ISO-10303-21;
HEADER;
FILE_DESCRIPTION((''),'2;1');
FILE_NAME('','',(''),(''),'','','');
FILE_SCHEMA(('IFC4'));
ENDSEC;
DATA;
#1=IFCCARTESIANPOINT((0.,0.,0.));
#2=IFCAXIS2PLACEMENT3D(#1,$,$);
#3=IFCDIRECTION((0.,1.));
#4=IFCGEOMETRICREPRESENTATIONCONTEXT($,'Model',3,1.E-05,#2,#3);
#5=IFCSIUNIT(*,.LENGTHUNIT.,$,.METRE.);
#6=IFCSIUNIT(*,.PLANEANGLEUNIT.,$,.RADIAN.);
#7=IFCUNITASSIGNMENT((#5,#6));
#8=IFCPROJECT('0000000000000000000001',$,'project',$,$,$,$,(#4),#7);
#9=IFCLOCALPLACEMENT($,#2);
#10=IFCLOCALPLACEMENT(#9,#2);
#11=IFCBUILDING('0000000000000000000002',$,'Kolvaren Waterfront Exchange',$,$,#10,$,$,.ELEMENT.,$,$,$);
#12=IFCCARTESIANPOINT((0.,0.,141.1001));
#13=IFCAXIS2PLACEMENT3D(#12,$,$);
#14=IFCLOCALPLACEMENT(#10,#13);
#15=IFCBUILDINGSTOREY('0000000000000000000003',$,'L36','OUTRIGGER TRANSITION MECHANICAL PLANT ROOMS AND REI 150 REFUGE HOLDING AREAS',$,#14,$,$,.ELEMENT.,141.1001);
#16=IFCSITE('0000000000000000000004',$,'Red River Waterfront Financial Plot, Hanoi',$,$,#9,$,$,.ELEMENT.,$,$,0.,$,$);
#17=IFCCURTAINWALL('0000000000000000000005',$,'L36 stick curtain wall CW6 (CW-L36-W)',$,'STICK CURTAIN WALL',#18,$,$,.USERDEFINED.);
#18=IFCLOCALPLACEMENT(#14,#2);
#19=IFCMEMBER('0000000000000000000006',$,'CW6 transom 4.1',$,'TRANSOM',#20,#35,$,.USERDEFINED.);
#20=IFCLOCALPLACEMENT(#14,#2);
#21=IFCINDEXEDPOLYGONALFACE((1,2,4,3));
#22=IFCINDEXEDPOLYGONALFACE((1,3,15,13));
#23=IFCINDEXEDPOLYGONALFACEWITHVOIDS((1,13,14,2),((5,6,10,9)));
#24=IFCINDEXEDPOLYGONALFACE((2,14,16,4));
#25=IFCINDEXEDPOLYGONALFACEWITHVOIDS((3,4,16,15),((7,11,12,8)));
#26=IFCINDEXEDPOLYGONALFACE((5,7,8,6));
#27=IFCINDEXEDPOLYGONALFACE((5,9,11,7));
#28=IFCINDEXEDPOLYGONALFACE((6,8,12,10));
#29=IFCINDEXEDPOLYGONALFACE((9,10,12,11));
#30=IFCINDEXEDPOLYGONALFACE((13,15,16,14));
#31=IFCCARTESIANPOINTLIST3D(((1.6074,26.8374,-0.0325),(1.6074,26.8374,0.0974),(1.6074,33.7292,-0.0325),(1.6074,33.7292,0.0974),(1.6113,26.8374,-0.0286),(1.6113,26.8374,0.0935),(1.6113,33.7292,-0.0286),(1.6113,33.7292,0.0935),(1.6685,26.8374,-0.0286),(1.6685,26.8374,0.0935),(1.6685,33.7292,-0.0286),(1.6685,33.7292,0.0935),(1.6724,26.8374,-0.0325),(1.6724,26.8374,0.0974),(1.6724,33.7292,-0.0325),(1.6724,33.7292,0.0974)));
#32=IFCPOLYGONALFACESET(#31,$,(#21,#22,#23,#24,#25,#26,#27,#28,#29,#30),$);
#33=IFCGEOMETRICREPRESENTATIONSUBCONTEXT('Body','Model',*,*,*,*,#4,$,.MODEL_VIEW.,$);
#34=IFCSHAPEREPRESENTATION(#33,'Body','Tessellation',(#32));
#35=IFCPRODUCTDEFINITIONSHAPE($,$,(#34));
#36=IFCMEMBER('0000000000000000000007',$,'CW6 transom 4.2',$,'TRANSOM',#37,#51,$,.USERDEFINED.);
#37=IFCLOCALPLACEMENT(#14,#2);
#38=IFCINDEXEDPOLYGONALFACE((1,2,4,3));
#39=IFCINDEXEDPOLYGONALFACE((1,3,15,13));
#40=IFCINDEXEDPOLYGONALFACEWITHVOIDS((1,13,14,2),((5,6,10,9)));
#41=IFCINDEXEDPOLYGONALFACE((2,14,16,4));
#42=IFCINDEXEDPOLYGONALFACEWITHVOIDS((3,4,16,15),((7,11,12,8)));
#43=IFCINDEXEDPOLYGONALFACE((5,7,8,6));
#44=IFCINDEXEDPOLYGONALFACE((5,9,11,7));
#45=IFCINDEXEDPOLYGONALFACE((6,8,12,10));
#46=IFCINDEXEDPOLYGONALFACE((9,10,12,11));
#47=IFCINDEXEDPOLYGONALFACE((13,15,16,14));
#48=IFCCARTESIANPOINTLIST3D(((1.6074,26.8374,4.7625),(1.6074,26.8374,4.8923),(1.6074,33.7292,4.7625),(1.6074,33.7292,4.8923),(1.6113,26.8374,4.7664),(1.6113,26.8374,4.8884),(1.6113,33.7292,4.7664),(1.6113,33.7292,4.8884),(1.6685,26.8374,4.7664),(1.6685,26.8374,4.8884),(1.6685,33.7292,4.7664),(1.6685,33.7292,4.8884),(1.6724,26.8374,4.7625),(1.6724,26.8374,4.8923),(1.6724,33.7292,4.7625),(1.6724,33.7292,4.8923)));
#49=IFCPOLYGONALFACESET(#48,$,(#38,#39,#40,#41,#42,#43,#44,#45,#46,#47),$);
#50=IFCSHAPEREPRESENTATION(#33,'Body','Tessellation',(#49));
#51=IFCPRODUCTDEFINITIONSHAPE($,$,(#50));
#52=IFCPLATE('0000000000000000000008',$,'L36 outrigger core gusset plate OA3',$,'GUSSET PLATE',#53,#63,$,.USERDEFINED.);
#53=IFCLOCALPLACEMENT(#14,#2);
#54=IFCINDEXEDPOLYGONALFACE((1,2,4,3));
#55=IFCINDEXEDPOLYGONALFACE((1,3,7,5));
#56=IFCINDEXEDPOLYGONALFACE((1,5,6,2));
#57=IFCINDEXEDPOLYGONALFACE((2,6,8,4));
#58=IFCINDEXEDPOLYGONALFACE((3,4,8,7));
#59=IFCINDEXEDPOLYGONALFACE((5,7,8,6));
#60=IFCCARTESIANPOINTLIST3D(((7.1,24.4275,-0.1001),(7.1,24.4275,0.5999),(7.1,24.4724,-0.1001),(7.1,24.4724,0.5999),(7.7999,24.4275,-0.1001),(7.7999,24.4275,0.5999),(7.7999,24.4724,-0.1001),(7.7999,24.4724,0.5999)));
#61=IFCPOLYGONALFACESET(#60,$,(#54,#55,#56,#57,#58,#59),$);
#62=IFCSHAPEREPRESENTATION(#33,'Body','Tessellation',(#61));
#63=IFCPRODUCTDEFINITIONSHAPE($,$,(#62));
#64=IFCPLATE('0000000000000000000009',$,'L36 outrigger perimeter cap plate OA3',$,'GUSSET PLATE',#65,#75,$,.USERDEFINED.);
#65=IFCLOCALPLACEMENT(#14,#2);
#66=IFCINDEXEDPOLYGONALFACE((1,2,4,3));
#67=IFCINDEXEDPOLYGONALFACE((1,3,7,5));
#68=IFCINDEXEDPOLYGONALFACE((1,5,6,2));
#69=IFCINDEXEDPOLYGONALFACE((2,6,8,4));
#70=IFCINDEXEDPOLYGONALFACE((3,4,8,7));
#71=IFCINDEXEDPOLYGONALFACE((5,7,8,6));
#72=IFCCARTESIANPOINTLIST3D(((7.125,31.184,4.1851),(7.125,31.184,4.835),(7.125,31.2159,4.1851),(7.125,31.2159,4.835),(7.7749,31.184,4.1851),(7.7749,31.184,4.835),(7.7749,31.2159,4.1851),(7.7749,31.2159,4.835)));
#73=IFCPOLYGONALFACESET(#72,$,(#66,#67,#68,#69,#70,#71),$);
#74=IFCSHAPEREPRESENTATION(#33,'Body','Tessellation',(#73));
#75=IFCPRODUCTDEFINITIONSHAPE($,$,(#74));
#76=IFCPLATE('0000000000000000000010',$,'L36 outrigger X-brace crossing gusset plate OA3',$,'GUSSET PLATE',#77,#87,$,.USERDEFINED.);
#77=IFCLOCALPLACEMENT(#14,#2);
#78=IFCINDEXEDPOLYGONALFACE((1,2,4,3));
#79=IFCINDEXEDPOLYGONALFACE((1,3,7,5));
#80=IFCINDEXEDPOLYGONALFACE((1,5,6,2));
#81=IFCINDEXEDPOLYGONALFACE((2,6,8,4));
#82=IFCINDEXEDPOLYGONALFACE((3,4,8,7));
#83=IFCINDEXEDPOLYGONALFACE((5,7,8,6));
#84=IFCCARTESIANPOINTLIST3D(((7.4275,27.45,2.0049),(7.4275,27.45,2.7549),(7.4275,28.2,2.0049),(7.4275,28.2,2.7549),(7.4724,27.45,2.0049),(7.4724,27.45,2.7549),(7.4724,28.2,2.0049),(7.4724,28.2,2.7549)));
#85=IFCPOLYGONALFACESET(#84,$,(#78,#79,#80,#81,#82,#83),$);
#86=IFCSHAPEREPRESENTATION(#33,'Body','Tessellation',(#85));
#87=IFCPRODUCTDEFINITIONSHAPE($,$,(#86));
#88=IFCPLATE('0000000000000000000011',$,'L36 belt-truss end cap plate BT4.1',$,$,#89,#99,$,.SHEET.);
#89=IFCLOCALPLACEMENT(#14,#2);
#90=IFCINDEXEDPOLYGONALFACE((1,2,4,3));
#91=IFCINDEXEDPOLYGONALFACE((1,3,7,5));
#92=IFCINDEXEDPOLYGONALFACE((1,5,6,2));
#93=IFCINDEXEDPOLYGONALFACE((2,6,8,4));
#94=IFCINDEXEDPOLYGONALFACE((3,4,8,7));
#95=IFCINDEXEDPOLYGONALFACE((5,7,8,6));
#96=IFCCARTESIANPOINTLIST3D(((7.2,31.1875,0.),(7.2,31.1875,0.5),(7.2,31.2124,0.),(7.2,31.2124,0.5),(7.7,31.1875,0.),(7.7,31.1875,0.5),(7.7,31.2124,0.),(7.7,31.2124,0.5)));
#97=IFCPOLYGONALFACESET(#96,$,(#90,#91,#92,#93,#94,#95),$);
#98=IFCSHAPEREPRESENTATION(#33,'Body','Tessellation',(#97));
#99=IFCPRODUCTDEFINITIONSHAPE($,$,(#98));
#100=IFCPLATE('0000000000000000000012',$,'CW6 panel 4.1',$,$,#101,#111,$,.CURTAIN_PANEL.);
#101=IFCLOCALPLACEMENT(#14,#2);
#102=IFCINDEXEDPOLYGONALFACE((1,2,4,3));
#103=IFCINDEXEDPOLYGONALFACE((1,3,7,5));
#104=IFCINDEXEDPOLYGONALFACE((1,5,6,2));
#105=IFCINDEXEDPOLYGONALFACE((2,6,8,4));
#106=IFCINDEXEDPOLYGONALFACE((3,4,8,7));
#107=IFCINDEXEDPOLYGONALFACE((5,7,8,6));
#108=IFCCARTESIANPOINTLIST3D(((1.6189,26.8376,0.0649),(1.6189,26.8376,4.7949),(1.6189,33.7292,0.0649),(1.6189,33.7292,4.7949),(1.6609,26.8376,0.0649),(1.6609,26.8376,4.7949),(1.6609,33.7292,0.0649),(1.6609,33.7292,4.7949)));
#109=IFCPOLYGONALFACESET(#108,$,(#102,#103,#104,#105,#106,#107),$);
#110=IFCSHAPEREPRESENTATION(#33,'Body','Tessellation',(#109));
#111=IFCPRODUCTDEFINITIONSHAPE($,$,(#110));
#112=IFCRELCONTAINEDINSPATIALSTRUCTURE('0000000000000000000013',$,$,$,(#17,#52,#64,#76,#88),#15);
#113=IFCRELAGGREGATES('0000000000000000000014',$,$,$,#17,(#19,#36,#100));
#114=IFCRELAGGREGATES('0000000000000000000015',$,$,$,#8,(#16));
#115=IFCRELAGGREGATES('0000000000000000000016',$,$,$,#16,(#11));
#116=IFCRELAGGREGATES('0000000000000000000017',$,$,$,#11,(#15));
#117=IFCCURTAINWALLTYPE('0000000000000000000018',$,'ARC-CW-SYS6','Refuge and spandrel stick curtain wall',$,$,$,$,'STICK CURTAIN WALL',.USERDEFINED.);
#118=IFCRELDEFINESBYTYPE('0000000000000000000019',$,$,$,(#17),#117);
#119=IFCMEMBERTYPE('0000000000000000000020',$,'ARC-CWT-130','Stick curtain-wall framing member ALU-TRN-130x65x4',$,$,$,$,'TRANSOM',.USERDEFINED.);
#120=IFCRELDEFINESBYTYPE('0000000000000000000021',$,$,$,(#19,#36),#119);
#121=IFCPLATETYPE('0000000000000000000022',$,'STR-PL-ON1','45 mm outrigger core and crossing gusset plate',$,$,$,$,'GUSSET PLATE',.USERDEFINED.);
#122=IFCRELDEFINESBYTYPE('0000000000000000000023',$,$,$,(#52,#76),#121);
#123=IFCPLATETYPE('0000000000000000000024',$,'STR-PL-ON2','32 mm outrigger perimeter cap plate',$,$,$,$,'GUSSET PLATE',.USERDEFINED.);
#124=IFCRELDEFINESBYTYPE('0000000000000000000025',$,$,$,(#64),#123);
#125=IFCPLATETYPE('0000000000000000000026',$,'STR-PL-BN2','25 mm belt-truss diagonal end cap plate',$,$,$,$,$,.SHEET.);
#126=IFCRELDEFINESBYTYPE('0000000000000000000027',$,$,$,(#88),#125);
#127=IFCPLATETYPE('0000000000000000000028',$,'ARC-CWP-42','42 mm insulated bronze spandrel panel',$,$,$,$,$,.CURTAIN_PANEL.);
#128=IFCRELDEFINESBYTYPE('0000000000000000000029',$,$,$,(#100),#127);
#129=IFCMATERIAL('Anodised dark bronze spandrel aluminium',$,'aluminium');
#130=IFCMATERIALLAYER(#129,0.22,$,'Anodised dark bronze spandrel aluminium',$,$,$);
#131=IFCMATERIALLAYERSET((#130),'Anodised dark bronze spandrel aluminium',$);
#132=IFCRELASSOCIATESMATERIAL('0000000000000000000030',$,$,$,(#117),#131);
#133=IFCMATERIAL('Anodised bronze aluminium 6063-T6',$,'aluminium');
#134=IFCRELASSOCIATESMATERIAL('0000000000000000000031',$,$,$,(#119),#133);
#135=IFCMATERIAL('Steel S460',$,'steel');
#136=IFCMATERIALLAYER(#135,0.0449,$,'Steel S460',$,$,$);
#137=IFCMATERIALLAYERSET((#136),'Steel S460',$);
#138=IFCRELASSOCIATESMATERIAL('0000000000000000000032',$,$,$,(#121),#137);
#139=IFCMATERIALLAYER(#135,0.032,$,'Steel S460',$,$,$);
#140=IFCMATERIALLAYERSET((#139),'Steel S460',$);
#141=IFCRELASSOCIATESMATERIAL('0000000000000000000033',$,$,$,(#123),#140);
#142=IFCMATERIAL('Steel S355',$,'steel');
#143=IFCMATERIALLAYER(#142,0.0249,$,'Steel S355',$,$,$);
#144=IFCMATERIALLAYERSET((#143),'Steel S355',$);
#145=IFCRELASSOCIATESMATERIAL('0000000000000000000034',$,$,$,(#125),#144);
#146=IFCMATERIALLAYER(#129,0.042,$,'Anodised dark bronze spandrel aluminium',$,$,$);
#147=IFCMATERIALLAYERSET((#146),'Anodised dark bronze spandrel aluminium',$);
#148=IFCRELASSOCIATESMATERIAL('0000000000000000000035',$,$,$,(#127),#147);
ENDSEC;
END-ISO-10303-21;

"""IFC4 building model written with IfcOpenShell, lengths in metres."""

from ifc_helpers import new_model, si_unit, direction, frame, origin, origin_with_axes, origin_2d, place, context, subcontext, project, spatial, rectangle, hollow_rectangle, extrude, source, transform, mapped, material, layer, layer_set, material_profile, profile_set, type_object, element, aggregate, save


model = new_model("IFC4")

# Units and contexts
model_context = context("Model", 3, precision=1e-05, world=origin(), true_north=direction((0.0, 1.0)))
body_context = subcontext(model_context, "Body", "Model", "MODEL_VIEW")
ifc_project = project(units=[si_unit("LENGTHUNIT", "METRE"), si_unit("PLANEANGLEUNIT", "RADIAN")], contexts=[model_context])

# Site, building, storey
site_placement = place(None, origin())
site = spatial("IfcSite", under=ifc_project, at=site_placement, Name="Red River Waterfront Financial Plot, Hanoi", CompositionType="ELEMENT", RefElevation=0.0)
building_placement = place(site_placement, origin())
building = spatial("IfcBuilding", under=site, at=building_placement, Name="Kolvaren Waterfront Exchange", CompositionType="ELEMENT")
storey_placement = place(building_placement, frame((0.0, 0.0, 141.1001)))
storey = spatial("IfcBuildingStorey", under=building, at=storey_placement, Name="L36", Description="OUTRIGGER TRANSITION MECHANICAL PLANT ROOMS AND REI 150 REFUGE HOLDING AREAS", CompositionType="ELEMENT", Elevation=141.1001)

# Shared definitions
ifc_material_1 = material(Name="Steel S355", Category="steel")

# Shared definitions
ifc_material_2 = material(Name="Steel S460", Category="steel")

# Curtain wall, members
ifc_material_3 = material(Name="Anodised dark bronze spandrel aluminium", Category="aluminium")
ifc_layer_1 = layer(ifc_material_3, 0.22, Name="Anodised dark bronze spandrel aluminium")
ifc_layer_set_1 = layer_set([ifc_layer_1], Name="Anodised dark bronze spandrel aluminium")
curtain_wall_type = type_object("IfcCurtainWallType", Name="ARC-CW-SYS6", Description="Refuge and spandrel stick curtain wall", ElementType="STICK CURTAIN WALL", PredefinedType="USERDEFINED", material=ifc_layer_set_1)
curtain_wall_placement = place(storey_placement, origin())
curtain_wall = element("IfcCurtainWall", 1, at=curtain_wall_placement, inside=storey, type_object=curtain_wall_type, Name="L36 stick curtain wall CW6 (CW-L36-W)", ObjectType="STICK CURTAIN WALL", PredefinedType="USERDEFINED")
ifc_material_4 = material(Name="Anodised bronze aluminium 6063-T6", Category="aluminium")
ifc_material_profile_1 = material_profile(ifc_material_4, hollow_rectangle(XDim=0.0649, YDim=0.1299, WallThickness=0.0039, at=origin_2d()), Name="ALU-TRN-130x65x4")
ifc_profile_set_1 = profile_set([ifc_material_profile_1], Name="Anodised bronze aluminium 6063-T6")
member_type_1 = type_object("IfcMemberType", Name="ARC-CWT-130", Description="Stick curtain-wall framing member ALU-TRN-130x65x4", ElementType="TRANSOM", PredefinedType="USERDEFINED", material=ifc_profile_set_1)
shared_shape_1 = source(origin_with_axes(), body_context, "Body", "SweptSolid", [
    extrude(hollow_rectangle(XDim=0.0649, YDim=0.1299, WallThickness=0.0039, at=origin_2d()), origin(), (0.0, 0.0, 1.0), 6.8918),
])
member_1_placement = place(storey_placement, frame((1.6399, 26.8374, 0.0325), z_axis=(0.0, 1.0, 0.0), x_axis=(-1.0, 0.0, 0.0)))
member_1 = element("IfcMember", 2, at=member_1_placement, type_object=member_type_1, Name="CW6 transom 4.1", ObjectType="TRANSOM", PredefinedType="USERDEFINED", context=body_context, shape_type="MappedRepresentation", body=[
    mapped(shared_shape_1, transform((0.0, 0.0, 0.0), x_axis=(1.0, 0.0, 0.0), y_axis=(0.0, 1.0, 0.0), z_axis=(0.0, 0.0, 1.0), scale=1.0)),
])
member_2_placement = place(storey_placement, frame((1.6399, 26.8374, 4.8274), z_axis=(0.0, 1.0, 0.0), x_axis=(-1.0, 0.0, 0.0)))
member_2 = element("IfcMember", 3, at=member_2_placement, type_object=member_type_1, Name="CW6 transom 4.2", ObjectType="TRANSOM", PredefinedType="USERDEFINED", context=body_context, shape_type="MappedRepresentation", body=[
    mapped(shared_shape_1, transform((0.0, 0.0, 0.0), x_axis=(1.0, 0.0, 0.0), y_axis=(0.0, 1.0, 0.0), z_axis=(0.0, 0.0, 1.0), scale=1.0)),
])

# Plates
ifc_layer_2 = layer(ifc_material_2, 0.0449, Name="Steel S460")
ifc_layer_set_2 = layer_set([ifc_layer_2], Name="Steel S460")
plate_type_1 = type_object("IfcPlateType", Name="STR-PL-ON1", Description="45 mm outrigger core and crossing gusset plate", ElementType="GUSSET PLATE", PredefinedType="USERDEFINED", material=ifc_layer_set_2)
shared_shape_2 = source(origin_with_axes(), body_context, "Body", "SweptSolid", [
    extrude(rectangle(XDim=0.7, YDim=0.0449, at=origin_2d()), origin(), (0.0, 0.0, 1.0), 0.7),
])
plate_1_placement = place(storey_placement, frame((7.45, 24.45, -0.1001), z_axis=(0.0, 0.0, 1.0), x_axis=(1.0, 0.0, 0.0)))
element("IfcPlate", 4, at=plate_1_placement, inside=storey, type_object=plate_type_1, Name="L36 outrigger core gusset plate OA3", ObjectType="GUSSET PLATE", PredefinedType="USERDEFINED", context=body_context, shape_type="MappedRepresentation", body=[
    mapped(shared_shape_2, transform((0.0, 0.0, 0.0), x_axis=(1.0, 0.0, 0.0), y_axis=(0.0, 1.0, 0.0), z_axis=(0.0, 0.0, 1.0), scale=1.0)),
])
ifc_layer_3 = layer(ifc_material_2, 0.032, Name="Steel S460")
ifc_layer_set_3 = layer_set([ifc_layer_3], Name="Steel S460")
plate_type_2 = type_object("IfcPlateType", Name="STR-PL-ON2", Description="32 mm outrigger perimeter cap plate", ElementType="GUSSET PLATE", PredefinedType="USERDEFINED", material=ifc_layer_set_3)
shared_shape_3 = source(origin_with_axes(), body_context, "Body", "SweptSolid", [
    extrude(rectangle(XDim=0.6499, YDim=0.032, at=origin_2d()), origin(), (0.0, 0.0, 1.0), 0.6499),
])
plate_2_placement = place(storey_placement, frame((7.45, 31.2, 4.1851), z_axis=(0.0, 0.0, 1.0), x_axis=(1.0, 0.0, 0.0)))
element("IfcPlate", 5, at=plate_2_placement, inside=storey, type_object=plate_type_2, Name="L36 outrigger perimeter cap plate OA3", ObjectType="GUSSET PLATE", PredefinedType="USERDEFINED", context=body_context, shape_type="MappedRepresentation", body=[
    mapped(shared_shape_3, transform((0.0, 0.0, 0.0), x_axis=(1.0, 0.0, 0.0), y_axis=(0.0, 1.0, 0.0), z_axis=(0.0, 0.0, 1.0), scale=1.0)),
])
shared_shape_4 = source(origin_with_axes(), body_context, "Body", "SweptSolid", [
    extrude(rectangle(XDim=0.0449, YDim=0.75, at=origin_2d()), origin(), (0.0, 0.0, 1.0), 0.75),
])
plate_3_placement = place(storey_placement, frame((7.45, 27.825, 2.0049), z_axis=(0.0, 0.0, 1.0), x_axis=(1.0, 0.0, 0.0)))
element("IfcPlate", 6, at=plate_3_placement, inside=storey, type_object=plate_type_1, Name="L36 outrigger X-brace crossing gusset plate OA3", ObjectType="GUSSET PLATE", PredefinedType="USERDEFINED", context=body_context, shape_type="MappedRepresentation", body=[
    mapped(shared_shape_4, transform((0.0, 0.0, 0.0), x_axis=(1.0, 0.0, 0.0), y_axis=(0.0, 1.0, 0.0), z_axis=(0.0, 0.0, 1.0), scale=1.0)),
])
ifc_layer_4 = layer(ifc_material_1, 0.0249, Name="Steel S355")
ifc_layer_set_4 = layer_set([ifc_layer_4], Name="Steel S355")
plate_type_3 = type_object("IfcPlateType", Name="STR-PL-BN2", Description="25 mm belt-truss diagonal end cap plate", PredefinedType="SHEET", material=ifc_layer_set_4)
shared_shape_5 = source(origin_with_axes(), body_context, "Body", "SweptSolid", [
    extrude(rectangle(XDim=0.5, YDim=0.0249, at=origin_2d()), origin(), (0.0, 0.0, 1.0), 0.5),
])
plate_4_placement = place(storey_placement, frame((7.45, 31.2, 0.0), z_axis=(0.0, 0.0, 1.0), x_axis=(1.0, 0.0, 0.0)))
element("IfcPlate", 7, at=plate_4_placement, inside=storey, type_object=plate_type_3, Name="L36 belt-truss end cap plate BT4.1", PredefinedType="SHEET", context=body_context, shape_type="MappedRepresentation", body=[
    mapped(shared_shape_5, transform((0.0, 0.0, 0.0), x_axis=(1.0, 0.0, 0.0), y_axis=(0.0, 1.0, 0.0), z_axis=(0.0, 0.0, 1.0), scale=1.0)),
])

# Plate
ifc_layer_5 = layer(ifc_material_3, 0.042, Name="Anodised dark bronze spandrel aluminium")
ifc_layer_set_5 = layer_set([ifc_layer_5], Name="Anodised dark bronze spandrel aluminium")
plate_type_4 = type_object("IfcPlateType", Name="ARC-CWP-42", Description="42 mm insulated bronze spandrel panel", PredefinedType="CURTAIN_PANEL", material=ifc_layer_set_5)
shared_shape_6 = source(origin_with_axes(), body_context, "Body", "SweptSolid", [
    extrude(rectangle(XDim=6.8916, YDim=0.042, at=origin_2d()), origin(), (0.0, 0.0, 1.0), 4.73),
])
plate_5_placement = place(storey_placement, frame((1.6399, 30.2834, 0.0649), z_axis=(0.0, 0.0, 1.0), x_axis=(0.0, 1.0, 0.0)))
plate_5 = element("IfcPlate", 8, at=plate_5_placement, type_object=plate_type_4, Name="CW6 panel 4.1", PredefinedType="CURTAIN_PANEL", context=body_context, shape_type="MappedRepresentation", body=[
    mapped(shared_shape_6, transform((0.0, 0.0, 0.0), x_axis=(1.0, 0.0, 0.0), y_axis=(0.0, 1.0, 0.0), z_axis=(0.0, 0.0, 1.0), scale=1.0)),
])
aggregate(curtain_wall, [member_1, member_2, plate_5])

save(model, "model.ifc")
